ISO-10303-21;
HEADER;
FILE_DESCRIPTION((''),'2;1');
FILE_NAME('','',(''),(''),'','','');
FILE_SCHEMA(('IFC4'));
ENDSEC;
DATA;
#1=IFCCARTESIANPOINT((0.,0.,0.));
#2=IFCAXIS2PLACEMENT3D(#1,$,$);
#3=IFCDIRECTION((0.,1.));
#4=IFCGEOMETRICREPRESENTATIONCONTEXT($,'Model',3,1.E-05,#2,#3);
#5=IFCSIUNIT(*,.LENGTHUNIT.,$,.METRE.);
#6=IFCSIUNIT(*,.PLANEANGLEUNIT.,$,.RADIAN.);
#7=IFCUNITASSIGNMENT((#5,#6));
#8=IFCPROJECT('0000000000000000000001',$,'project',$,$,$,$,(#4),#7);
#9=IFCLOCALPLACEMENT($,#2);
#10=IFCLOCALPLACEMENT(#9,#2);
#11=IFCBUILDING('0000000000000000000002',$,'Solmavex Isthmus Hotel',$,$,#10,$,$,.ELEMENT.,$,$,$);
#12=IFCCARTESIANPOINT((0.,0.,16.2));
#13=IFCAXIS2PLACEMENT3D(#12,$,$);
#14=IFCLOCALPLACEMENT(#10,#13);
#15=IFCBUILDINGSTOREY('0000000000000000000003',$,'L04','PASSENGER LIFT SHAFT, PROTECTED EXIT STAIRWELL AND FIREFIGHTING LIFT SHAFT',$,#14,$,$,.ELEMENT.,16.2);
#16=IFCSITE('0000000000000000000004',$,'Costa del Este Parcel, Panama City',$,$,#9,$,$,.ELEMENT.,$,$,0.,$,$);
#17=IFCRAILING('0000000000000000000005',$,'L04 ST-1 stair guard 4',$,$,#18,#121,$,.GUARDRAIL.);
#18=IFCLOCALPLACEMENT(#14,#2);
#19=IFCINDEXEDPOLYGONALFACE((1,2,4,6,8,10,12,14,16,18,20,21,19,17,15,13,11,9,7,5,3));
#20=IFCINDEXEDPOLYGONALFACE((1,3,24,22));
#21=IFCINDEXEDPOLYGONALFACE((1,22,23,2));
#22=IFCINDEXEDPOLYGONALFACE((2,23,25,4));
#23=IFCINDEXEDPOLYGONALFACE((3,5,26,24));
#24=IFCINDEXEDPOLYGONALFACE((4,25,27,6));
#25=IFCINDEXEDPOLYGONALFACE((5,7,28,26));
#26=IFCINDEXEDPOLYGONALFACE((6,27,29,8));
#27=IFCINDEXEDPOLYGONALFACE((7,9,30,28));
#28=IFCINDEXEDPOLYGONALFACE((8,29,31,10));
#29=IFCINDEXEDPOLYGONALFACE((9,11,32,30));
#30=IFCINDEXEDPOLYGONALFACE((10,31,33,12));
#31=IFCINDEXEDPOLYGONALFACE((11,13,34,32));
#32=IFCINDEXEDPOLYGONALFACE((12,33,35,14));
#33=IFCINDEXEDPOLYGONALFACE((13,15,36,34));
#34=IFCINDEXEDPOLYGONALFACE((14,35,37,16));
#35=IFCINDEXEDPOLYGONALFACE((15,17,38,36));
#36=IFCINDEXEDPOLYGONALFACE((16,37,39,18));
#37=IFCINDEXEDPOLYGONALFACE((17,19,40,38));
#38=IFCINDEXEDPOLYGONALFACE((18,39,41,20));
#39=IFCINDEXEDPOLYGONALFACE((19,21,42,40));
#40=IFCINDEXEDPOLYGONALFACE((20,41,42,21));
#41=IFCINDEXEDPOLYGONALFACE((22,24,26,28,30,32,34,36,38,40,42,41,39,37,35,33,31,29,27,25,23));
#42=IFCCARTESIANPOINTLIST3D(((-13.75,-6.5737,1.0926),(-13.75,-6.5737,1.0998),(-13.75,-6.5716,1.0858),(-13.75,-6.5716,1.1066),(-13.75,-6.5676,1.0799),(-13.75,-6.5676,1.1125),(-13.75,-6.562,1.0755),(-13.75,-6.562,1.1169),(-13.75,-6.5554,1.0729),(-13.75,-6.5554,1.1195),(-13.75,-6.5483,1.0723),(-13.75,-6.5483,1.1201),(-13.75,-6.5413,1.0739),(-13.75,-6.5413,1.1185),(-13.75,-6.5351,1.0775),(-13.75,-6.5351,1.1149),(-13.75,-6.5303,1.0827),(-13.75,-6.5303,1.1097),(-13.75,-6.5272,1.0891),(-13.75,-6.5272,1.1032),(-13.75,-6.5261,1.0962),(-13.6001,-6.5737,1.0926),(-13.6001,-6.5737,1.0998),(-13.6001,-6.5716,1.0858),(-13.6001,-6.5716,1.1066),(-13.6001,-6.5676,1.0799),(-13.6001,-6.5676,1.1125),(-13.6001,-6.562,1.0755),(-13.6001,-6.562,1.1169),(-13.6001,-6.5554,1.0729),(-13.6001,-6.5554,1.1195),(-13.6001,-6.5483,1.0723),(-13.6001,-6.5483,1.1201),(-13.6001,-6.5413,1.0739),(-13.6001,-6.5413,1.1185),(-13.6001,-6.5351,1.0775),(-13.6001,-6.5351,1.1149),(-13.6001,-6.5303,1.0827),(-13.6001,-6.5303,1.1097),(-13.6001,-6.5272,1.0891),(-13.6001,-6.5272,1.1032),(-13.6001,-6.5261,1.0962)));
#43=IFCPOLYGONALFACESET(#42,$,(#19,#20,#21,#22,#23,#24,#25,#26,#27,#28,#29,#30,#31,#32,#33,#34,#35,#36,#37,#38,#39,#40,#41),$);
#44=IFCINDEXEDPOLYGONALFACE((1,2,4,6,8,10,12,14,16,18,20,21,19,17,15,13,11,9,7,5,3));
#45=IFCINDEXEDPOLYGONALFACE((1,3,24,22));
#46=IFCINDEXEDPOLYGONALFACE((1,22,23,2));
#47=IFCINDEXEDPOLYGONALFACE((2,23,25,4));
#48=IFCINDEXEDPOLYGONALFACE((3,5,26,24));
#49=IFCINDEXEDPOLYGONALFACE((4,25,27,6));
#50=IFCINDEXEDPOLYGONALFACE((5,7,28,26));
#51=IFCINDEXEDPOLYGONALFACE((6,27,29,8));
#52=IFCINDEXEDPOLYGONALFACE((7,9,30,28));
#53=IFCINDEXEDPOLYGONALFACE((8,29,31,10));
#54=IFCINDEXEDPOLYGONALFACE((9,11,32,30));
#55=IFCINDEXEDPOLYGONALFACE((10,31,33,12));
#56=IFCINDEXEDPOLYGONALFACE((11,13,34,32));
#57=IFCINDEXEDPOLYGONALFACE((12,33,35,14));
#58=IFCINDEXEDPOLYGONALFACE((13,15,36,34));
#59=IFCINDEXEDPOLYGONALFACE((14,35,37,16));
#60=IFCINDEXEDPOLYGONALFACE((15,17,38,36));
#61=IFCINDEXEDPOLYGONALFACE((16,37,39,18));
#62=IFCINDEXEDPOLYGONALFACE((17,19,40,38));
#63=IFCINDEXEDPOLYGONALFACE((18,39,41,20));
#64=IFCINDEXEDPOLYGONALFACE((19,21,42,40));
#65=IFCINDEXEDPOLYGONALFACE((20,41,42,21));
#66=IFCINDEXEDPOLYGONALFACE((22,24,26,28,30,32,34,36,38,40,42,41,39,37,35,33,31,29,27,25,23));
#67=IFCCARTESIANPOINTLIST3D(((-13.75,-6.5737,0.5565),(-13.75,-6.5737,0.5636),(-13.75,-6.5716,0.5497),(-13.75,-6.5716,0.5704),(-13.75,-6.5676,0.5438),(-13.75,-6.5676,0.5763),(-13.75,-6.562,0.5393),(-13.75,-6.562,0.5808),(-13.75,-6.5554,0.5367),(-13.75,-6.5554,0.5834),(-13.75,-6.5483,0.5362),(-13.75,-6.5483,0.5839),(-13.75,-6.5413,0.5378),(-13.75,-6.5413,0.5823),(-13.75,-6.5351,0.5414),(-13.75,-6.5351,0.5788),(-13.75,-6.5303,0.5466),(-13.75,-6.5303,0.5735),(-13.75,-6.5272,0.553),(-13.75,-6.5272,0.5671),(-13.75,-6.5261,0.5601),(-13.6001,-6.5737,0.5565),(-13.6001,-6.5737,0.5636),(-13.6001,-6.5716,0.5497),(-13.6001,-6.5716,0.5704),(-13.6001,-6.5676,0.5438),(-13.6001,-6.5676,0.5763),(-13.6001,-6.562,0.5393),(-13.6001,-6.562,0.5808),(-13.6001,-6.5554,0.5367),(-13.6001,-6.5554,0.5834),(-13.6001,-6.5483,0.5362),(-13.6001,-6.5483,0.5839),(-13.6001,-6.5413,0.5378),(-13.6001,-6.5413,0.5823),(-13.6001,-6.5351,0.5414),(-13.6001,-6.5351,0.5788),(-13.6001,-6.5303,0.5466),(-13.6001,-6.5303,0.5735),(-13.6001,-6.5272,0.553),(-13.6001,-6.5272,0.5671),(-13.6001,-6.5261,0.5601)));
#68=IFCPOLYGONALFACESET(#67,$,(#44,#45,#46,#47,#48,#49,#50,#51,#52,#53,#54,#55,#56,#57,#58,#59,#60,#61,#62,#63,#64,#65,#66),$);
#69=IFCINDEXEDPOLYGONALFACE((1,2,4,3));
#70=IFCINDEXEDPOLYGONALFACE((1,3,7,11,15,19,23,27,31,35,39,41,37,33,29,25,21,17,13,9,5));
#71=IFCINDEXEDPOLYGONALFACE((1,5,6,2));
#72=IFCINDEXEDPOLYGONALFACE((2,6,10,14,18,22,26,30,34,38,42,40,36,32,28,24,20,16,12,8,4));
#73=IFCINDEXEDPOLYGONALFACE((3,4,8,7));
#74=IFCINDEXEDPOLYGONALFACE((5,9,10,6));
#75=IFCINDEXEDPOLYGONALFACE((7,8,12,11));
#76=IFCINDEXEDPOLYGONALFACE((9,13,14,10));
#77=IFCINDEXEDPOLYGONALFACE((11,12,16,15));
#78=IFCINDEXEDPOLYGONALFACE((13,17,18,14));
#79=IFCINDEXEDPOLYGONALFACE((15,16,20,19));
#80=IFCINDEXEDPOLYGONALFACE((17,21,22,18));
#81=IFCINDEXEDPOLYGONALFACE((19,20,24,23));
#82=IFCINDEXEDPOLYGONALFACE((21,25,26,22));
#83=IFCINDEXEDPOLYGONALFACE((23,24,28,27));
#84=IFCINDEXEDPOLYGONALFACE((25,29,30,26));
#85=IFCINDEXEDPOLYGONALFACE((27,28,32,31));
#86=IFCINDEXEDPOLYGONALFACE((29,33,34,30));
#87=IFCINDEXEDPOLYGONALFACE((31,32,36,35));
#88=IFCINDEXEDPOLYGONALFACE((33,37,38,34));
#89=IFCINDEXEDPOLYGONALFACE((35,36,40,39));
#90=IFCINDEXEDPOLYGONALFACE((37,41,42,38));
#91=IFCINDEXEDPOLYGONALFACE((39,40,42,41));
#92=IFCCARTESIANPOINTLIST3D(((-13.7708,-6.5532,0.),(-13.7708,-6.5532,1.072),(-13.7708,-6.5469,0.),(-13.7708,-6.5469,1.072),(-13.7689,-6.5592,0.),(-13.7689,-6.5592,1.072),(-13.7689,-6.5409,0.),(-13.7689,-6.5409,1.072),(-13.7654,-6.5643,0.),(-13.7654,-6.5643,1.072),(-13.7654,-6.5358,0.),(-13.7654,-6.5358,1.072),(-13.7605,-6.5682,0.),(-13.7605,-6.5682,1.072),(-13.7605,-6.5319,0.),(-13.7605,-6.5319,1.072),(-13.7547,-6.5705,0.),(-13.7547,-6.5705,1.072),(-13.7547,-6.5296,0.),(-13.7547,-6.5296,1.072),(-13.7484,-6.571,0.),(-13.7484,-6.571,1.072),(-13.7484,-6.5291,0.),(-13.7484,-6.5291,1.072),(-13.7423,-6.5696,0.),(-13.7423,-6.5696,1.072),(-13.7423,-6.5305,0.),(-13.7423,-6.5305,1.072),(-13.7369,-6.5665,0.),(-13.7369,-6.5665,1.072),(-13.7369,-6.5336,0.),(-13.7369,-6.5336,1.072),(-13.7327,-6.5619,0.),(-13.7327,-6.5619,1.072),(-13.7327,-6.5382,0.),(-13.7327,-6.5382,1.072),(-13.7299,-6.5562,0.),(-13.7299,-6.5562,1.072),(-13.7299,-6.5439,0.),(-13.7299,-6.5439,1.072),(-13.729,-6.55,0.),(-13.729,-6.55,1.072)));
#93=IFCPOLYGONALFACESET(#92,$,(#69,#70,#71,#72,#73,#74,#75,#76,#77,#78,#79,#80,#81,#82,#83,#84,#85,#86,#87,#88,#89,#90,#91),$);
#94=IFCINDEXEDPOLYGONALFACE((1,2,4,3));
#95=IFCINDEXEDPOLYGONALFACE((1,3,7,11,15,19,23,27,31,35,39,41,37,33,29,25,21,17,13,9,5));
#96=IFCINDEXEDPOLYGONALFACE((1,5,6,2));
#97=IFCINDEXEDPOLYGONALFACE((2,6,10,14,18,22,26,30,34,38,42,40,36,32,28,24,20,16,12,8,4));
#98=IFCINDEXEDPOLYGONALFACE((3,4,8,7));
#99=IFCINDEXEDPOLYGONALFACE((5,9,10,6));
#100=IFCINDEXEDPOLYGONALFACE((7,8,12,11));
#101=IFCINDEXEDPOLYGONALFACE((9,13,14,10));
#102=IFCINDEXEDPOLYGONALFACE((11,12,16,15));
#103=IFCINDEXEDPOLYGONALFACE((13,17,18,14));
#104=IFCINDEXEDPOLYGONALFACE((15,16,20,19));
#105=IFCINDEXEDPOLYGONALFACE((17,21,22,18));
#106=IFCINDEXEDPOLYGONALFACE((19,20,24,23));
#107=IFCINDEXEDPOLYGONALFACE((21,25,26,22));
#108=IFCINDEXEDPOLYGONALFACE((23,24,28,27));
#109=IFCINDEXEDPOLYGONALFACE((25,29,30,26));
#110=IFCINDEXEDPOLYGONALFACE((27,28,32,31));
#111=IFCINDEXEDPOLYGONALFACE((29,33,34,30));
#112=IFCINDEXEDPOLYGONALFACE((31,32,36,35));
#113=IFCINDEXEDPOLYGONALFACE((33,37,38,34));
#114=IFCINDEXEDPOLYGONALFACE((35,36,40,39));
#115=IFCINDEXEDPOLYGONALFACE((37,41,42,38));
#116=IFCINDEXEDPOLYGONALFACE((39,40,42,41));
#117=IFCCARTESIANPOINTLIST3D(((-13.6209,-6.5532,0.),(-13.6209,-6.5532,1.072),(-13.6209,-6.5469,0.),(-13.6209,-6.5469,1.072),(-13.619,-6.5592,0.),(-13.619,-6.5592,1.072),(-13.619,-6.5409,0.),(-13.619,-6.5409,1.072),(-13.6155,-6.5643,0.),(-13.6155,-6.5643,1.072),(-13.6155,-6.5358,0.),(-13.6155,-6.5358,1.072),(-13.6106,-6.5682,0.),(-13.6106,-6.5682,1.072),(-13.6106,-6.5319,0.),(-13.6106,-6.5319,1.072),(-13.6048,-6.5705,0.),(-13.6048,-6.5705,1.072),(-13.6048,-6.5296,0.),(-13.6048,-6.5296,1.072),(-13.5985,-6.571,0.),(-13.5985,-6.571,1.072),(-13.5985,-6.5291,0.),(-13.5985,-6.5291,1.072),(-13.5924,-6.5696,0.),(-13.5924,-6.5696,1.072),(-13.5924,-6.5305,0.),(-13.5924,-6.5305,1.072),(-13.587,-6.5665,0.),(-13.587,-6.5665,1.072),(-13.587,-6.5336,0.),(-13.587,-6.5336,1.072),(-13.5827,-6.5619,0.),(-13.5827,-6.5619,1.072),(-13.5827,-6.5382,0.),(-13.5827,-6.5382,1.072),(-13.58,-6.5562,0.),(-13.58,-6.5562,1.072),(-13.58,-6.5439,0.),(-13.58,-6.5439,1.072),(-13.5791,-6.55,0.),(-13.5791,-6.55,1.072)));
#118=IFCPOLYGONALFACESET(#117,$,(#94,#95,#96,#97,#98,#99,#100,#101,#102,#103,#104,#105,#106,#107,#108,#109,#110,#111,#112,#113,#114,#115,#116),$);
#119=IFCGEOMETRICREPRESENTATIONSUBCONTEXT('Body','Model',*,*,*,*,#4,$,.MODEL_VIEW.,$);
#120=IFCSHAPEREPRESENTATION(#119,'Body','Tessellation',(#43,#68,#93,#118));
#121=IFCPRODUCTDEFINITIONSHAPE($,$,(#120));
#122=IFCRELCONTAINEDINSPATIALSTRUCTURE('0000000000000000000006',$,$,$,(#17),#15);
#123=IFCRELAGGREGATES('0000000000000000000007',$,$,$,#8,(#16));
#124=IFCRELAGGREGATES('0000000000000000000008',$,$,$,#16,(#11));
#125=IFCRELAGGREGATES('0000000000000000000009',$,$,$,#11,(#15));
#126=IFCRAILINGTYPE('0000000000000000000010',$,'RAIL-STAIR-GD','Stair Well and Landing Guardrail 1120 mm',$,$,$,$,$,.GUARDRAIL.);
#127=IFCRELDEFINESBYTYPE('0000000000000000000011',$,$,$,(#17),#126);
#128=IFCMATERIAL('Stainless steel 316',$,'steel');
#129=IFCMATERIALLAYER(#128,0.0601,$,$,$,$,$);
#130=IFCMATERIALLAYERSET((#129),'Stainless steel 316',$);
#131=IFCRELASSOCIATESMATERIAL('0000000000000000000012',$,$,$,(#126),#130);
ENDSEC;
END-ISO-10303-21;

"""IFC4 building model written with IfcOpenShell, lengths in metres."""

from ifc_helpers import new_model, si_unit, direction, frame, origin, origin_2d, place, context, subcontext, project, spatial, circle, extrude, material, layer, layer_set, type_object, element, save


model = new_model("IFC4")

# Units and contexts
model_context = context("Model", 3, precision=1e-05, world=origin(), true_north=direction((0.0, 1.0)))
body_context = subcontext(model_context, "Body", "Model", "MODEL_VIEW")
ifc_project = project(units=[si_unit("LENGTHUNIT", "METRE"), si_unit("PLANEANGLEUNIT", "RADIAN")], contexts=[model_context])

# Site, building, storey
site_placement = place(None, origin())
site = spatial("IfcSite", under=ifc_project, at=site_placement, Name="Costa del Este Parcel, Panama City", CompositionType="ELEMENT", RefElevation=0.0)
building_placement = place(site_placement, origin())
building = spatial("IfcBuilding", under=site, at=building_placement, Name="Solmavex Isthmus Hotel", CompositionType="ELEMENT")
storey_placement = place(building_placement, frame((0.0, 0.0, 16.2)))
storey = spatial("IfcBuildingStorey", under=building, at=storey_placement, Name="L04", Description="PASSENGER LIFT SHAFT, PROTECTED EXIT STAIRWELL AND FIREFIGHTING LIFT SHAFT", CompositionType="ELEMENT", Elevation=16.2)

# Shared definitions
ifc_material_1 = material(Name="Stainless steel 316", Category="steel")

# Railing
ifc_layer_1 = layer(ifc_material_1, 0.0601)
ifc_layer_set_1 = layer_set([ifc_layer_1], Name="Stainless steel 316")
railing_type_1 = type_object("IfcRailingType", Name="RAIL-STAIR-GD", Description="Stair Well and Landing Guardrail 1120 mm", PredefinedType="GUARDRAIL", material=ifc_layer_set_1)
railing_1_placement = place(storey_placement, frame((-13.75, -6.55, 0.0)))
element("IfcRailing", 1, at=railing_1_placement, inside=storey, type_object=railing_type_1, Name="L04 ST-1 stair guard 4", PredefinedType="GUARDRAIL", context=body_context, shape_type="SweptSolid", body=[
    extrude(circle(Radius=0.0239, at=origin_2d()), frame((0.0, 0.0, 1.0962), z_axis=(1.0, 0.0, 0.0), x_axis=(0.0, 1.0, 0.0)), (0.0, 0.0, 1.0), 0.1499),
    extrude(circle(Radius=0.0239, at=origin_2d()), frame((0.0, 0.0, 0.5601), z_axis=(1.0, 0.0, 0.0), x_axis=(0.0, 1.0, 0.0)), (0.0, 0.0, 1.0), 0.1499),
    extrude(circle(Radius=0.021, at=origin_2d()), origin(), (0.0, 0.0, 1.0), 1.072),
    extrude(circle(Radius=0.021, at=origin_2d()), frame((0.1499, 0.0, 0.0)), (0.0, 0.0, 1.0), 1.072),
])

save(model, "model.ifc")
